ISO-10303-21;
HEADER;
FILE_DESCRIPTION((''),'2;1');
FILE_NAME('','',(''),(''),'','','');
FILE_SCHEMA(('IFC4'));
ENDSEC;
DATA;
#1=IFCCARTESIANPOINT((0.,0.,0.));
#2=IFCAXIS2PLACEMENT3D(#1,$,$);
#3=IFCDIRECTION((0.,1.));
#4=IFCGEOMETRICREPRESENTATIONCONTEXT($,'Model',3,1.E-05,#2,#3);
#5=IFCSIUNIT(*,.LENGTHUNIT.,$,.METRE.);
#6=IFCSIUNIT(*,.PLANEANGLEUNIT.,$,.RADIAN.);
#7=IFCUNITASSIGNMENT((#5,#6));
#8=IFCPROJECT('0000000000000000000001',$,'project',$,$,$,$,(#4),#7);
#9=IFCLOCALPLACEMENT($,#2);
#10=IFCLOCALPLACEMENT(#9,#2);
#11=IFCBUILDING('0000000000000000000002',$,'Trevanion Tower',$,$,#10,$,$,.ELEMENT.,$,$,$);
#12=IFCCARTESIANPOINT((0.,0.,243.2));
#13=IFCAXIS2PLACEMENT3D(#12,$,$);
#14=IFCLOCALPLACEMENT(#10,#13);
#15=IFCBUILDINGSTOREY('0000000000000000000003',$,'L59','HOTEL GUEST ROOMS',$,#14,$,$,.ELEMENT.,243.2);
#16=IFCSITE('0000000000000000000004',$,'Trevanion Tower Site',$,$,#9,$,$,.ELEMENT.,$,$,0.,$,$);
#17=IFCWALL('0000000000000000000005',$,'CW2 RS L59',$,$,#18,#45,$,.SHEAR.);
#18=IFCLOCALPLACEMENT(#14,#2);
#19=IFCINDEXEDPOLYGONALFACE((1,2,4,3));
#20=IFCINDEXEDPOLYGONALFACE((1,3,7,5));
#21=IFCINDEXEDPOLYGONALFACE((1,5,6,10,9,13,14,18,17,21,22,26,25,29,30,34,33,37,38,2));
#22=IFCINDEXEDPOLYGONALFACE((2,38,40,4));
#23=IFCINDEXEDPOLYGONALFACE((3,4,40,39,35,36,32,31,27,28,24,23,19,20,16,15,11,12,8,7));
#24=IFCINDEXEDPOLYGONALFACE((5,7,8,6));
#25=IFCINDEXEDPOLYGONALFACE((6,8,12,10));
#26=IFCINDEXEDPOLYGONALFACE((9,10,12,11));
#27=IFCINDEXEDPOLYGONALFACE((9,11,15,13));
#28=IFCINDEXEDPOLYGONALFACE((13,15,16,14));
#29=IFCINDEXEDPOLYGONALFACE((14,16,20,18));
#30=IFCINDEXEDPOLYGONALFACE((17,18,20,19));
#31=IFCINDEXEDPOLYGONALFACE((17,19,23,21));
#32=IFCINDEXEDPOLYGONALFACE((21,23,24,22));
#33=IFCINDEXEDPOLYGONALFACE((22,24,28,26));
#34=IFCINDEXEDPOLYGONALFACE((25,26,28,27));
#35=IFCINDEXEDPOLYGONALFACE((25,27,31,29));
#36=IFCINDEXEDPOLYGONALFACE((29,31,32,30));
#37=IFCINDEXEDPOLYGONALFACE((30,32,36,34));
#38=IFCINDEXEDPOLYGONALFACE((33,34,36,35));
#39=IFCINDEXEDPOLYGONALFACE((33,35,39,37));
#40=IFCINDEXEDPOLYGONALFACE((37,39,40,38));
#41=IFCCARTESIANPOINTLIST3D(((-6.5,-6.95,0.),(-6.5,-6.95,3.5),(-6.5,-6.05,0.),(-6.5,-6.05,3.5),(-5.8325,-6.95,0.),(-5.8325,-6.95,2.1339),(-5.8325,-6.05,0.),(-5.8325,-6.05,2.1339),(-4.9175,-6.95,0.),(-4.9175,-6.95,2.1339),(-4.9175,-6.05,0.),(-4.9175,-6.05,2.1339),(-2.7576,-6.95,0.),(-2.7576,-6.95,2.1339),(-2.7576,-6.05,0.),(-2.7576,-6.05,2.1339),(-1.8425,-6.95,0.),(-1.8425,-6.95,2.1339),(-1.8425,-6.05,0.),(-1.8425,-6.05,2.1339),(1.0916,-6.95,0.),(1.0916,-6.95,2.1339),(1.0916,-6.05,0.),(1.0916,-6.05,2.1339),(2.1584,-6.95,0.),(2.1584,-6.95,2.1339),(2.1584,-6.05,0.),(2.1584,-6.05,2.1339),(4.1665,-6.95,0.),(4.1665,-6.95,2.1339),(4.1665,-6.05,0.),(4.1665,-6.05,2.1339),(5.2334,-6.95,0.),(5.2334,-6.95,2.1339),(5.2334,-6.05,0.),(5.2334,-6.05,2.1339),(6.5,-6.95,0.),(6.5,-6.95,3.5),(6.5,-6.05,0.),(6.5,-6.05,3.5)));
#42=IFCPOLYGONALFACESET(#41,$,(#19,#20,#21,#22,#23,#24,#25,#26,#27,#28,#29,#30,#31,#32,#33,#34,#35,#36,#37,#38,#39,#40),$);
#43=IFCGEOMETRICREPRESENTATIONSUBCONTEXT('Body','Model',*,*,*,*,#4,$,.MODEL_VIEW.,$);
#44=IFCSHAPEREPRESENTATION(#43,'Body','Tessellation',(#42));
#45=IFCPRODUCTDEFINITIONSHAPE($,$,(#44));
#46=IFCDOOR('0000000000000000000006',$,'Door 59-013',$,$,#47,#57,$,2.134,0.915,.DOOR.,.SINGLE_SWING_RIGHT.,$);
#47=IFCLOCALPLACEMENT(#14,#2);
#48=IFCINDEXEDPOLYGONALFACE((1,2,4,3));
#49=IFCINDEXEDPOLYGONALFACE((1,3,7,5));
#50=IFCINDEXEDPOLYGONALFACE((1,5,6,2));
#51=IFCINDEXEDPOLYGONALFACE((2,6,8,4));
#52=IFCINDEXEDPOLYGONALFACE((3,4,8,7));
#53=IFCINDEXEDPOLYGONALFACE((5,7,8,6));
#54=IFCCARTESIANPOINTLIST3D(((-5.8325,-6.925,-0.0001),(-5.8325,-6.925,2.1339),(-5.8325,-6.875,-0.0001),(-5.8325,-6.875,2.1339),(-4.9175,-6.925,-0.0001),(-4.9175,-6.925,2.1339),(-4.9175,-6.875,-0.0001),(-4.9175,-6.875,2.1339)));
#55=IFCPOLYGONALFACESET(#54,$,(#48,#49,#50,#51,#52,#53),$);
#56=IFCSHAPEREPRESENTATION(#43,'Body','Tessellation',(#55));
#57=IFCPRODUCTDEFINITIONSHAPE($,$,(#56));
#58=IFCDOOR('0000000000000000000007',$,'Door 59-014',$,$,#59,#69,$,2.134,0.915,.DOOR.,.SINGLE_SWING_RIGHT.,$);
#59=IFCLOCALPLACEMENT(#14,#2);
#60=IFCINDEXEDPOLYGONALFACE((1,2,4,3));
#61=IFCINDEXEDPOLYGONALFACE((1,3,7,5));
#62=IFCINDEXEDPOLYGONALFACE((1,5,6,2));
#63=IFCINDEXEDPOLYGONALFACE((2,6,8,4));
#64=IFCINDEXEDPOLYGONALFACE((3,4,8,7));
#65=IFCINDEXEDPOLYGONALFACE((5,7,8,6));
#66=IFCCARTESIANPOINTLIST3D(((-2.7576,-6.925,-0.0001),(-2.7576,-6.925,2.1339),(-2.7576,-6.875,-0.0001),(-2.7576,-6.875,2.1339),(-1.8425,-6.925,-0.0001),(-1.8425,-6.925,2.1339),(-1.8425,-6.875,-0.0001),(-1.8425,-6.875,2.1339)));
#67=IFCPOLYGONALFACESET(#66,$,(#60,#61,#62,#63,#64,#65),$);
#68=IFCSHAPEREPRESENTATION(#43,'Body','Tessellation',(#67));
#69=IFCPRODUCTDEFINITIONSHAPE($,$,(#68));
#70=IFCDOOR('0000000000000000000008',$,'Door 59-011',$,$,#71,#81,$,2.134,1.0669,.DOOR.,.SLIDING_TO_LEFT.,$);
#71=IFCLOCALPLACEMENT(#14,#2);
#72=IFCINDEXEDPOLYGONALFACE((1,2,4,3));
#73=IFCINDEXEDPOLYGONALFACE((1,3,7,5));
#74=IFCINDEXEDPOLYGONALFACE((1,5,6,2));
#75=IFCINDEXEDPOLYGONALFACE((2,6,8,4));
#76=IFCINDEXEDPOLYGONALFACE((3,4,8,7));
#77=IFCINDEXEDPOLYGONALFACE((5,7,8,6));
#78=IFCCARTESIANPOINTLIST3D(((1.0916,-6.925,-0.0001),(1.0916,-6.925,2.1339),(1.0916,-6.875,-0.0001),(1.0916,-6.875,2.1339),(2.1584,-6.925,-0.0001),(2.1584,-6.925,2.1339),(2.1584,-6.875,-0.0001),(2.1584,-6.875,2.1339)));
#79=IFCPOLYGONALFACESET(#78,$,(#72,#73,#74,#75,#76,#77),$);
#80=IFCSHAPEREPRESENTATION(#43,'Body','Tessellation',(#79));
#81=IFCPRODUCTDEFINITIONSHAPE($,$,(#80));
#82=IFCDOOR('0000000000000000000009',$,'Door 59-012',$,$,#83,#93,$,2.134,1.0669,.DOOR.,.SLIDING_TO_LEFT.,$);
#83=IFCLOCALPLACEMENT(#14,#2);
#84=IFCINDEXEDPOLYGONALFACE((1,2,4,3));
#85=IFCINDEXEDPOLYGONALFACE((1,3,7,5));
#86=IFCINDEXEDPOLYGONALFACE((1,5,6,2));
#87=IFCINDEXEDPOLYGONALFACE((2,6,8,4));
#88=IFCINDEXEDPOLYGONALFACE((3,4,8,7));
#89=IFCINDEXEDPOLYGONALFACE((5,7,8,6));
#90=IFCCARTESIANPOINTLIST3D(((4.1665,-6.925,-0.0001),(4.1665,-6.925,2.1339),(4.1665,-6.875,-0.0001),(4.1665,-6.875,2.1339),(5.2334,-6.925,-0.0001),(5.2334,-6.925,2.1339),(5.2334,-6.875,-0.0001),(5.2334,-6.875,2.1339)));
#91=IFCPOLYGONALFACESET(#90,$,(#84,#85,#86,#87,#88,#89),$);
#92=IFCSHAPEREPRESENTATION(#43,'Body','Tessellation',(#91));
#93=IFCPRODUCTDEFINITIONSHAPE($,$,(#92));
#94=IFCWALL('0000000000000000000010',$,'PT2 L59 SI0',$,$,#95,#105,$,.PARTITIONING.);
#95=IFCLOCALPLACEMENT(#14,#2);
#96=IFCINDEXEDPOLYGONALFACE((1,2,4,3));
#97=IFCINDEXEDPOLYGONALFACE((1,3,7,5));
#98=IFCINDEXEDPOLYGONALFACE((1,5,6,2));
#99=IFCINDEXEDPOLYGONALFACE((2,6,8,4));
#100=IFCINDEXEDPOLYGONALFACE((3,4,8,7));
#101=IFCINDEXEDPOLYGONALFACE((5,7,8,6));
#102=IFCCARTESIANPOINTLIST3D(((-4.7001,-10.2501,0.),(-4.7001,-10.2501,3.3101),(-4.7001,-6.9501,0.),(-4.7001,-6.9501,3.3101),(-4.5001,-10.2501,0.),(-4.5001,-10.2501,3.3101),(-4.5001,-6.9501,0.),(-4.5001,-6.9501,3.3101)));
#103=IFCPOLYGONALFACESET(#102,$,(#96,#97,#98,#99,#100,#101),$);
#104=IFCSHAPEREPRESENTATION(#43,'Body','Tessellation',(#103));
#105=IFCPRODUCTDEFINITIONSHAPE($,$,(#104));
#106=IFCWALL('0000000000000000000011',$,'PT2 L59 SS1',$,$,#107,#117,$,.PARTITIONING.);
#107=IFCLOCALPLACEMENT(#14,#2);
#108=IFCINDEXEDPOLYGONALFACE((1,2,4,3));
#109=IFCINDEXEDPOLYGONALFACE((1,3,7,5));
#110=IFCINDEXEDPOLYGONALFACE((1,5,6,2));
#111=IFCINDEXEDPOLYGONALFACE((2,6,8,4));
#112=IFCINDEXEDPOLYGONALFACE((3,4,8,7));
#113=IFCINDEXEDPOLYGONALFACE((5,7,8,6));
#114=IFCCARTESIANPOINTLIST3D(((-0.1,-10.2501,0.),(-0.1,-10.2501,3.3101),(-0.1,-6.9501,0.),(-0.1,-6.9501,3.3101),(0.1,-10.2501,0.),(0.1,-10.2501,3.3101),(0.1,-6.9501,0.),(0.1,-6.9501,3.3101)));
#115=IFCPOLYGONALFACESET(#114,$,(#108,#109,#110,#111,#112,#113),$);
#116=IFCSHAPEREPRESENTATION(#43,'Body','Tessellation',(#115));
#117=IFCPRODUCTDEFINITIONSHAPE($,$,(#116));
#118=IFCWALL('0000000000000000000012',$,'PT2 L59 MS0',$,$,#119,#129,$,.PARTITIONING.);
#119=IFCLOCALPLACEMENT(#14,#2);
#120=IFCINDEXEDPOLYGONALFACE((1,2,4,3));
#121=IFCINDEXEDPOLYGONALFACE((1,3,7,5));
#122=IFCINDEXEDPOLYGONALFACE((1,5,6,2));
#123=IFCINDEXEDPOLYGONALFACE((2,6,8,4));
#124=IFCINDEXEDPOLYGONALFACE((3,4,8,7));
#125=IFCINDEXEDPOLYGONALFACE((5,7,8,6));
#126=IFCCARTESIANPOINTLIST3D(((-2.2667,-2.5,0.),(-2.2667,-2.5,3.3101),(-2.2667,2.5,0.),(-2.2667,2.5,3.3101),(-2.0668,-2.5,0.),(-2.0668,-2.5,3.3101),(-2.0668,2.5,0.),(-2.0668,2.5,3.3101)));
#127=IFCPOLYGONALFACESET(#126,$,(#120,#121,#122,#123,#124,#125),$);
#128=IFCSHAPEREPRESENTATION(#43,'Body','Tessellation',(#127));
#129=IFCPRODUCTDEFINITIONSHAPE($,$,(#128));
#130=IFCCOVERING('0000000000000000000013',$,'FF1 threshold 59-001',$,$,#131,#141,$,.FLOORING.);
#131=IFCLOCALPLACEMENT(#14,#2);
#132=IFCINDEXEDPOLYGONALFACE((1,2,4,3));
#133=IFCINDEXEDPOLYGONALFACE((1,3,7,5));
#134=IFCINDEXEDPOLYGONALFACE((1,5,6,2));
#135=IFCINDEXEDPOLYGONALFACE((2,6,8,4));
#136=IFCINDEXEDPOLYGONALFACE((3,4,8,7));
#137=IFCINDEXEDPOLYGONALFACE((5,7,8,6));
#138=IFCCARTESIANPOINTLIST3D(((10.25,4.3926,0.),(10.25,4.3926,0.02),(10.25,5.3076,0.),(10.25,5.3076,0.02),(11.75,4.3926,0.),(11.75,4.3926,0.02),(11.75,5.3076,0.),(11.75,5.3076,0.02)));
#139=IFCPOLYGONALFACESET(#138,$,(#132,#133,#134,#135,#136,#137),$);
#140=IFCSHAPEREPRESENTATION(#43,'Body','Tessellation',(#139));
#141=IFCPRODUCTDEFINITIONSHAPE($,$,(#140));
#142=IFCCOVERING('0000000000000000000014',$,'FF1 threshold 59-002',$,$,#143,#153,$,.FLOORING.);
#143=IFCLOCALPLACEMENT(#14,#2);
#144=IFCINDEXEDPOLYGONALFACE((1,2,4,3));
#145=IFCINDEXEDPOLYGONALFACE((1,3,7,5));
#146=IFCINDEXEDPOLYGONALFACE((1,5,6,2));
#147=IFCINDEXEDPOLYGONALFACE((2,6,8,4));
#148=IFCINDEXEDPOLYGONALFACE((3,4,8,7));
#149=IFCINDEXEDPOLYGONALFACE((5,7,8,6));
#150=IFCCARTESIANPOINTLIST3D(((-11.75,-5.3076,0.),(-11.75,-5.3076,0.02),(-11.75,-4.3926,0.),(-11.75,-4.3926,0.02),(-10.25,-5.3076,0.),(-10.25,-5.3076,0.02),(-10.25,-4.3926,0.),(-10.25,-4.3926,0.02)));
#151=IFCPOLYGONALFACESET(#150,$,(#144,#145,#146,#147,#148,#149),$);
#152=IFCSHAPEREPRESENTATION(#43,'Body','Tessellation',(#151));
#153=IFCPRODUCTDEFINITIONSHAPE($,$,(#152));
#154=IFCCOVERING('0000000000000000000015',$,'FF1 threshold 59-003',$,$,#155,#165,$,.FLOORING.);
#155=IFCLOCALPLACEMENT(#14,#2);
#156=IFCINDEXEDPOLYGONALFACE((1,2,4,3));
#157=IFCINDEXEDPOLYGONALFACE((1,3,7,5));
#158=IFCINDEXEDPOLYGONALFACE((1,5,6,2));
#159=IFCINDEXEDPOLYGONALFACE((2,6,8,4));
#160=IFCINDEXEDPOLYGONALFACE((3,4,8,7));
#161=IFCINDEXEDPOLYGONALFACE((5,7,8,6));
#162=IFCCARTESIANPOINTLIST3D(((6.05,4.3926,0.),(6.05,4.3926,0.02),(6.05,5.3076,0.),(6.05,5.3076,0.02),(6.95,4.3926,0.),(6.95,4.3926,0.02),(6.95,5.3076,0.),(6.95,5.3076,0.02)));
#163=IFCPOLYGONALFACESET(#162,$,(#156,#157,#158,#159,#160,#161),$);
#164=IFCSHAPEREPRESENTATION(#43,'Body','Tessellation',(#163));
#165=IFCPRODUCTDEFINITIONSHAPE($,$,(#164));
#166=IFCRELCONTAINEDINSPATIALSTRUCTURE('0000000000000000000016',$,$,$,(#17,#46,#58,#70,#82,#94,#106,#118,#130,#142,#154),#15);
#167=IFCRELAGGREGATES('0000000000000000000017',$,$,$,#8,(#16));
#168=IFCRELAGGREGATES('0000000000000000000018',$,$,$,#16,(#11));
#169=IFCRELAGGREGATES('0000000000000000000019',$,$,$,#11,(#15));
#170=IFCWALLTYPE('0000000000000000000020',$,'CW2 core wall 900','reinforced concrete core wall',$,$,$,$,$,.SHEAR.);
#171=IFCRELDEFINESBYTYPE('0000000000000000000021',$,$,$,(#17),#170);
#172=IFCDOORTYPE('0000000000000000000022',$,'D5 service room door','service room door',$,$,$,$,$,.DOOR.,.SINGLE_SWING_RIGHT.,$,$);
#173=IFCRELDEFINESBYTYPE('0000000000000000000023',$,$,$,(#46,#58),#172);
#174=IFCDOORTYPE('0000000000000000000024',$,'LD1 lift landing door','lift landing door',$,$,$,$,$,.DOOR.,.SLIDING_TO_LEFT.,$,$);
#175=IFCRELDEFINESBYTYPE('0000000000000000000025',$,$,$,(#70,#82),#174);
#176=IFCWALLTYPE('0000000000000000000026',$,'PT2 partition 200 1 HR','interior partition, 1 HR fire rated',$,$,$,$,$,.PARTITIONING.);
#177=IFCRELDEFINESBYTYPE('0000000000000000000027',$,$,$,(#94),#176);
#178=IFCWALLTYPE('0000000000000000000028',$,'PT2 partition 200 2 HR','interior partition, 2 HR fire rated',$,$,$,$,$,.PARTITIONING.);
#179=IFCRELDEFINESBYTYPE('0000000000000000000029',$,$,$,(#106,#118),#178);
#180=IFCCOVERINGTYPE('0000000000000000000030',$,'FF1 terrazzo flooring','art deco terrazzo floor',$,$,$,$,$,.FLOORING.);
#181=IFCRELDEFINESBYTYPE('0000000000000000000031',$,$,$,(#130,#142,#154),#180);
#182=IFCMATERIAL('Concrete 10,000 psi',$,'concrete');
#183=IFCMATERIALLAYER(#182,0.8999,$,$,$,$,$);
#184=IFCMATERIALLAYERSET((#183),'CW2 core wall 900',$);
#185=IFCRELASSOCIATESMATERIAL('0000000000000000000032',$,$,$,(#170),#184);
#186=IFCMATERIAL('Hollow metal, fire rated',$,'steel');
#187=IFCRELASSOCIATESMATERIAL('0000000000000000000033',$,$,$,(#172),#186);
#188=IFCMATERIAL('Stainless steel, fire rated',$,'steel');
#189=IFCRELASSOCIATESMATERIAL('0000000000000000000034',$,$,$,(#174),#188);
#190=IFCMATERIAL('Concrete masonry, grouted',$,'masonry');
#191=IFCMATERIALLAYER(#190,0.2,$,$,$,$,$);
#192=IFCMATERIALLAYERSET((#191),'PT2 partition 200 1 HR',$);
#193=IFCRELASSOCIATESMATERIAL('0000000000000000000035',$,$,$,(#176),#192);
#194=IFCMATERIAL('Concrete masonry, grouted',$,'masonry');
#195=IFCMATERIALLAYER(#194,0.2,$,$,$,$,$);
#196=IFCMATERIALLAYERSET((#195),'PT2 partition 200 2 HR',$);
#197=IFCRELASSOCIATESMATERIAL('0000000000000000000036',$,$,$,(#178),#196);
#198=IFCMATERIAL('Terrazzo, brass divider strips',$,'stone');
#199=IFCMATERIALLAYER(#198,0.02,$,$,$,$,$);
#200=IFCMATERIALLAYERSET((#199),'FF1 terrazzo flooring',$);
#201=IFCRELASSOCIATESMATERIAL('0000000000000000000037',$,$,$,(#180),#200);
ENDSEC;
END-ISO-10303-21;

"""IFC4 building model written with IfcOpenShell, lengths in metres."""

from ifc_helpers import new_model, si_unit, direction, frame, frame_2d, origin, place, context, subcontext, project, spatial, polyline, rectangle, outline, extrude, material, layer, layer_set, type_object, element, fill, save


model = new_model("IFC4")

# Units and contexts
model_context = context("Model", 3, precision=1e-05, world=origin(), true_north=direction((0.0, 1.0)))
body_context = subcontext(model_context, "Body", "Model", "MODEL_VIEW")
ifc_project = project(units=[si_unit("LENGTHUNIT", "METRE"), si_unit("PLANEANGLEUNIT", "RADIAN")], contexts=[model_context])

# Site, building, storey
site_placement = place(None, origin())
site = spatial("IfcSite", under=ifc_project, at=site_placement, Name="Trevanion Tower Site", CompositionType="ELEMENT", RefElevation=0.0)
building_placement = place(site_placement, origin())
building = spatial("IfcBuilding", under=site, at=building_placement, Name="Trevanion Tower", CompositionType="ELEMENT")
storey_placement = place(building_placement, frame((0.0, 0.0, 243.2)))
storey = spatial("IfcBuildingStorey", under=building, at=storey_placement, Name="L59", Description="HOTEL GUEST ROOMS", CompositionType="ELEMENT", Elevation=243.2)

# Wall, openings, doors
ifc_material_1 = material(Name="Concrete 10,000 psi", Category="concrete")
ifc_layer_1 = layer(ifc_material_1, 0.8999)
ifc_layer_set_1 = layer_set([ifc_layer_1], Name="CW2 core wall 900")
wall_type_1 = type_object("IfcWallType", Name="CW2 core wall 900", Description="reinforced concrete core wall", PredefinedType="SHEAR", material=ifc_layer_set_1)
wall_1_placement = place(storey_placement, frame((-6.5, -6.5, 0.0), z_axis=(0.0, 0.0, 1.0), x_axis=(1.0, 0.0, 0.0)))
wall_1 = element("IfcWall", 1, at=wall_1_placement, inside=storey, type_object=wall_type_1, Name="CW2 RS L59", PredefinedType="SHEAR", context=body_context, shape_type="SweptSolid", body=[
    extrude(rectangle(XDim=13.0, YDim=0.8999, at=frame_2d((6.5, 0.0))), origin(), (0.0, 0.0, 1.0), 3.5),
])
opening_1_placement = place(wall_1_placement, frame((7.5916, 0.0, 0.0)))
opening_1 = element("IfcOpeningElement", 2, at=opening_1_placement, cuts=wall_1, PredefinedType="OPENING", context=body_context, shape_type="SweptSolid", body=[
    extrude(rectangle(XDim=1.0669, YDim=2.134, at=frame_2d((0.5334, 1.0669))), frame((0.0, 0.46, 0.0), z_axis=(0.0, -1.0, 0.0), x_axis=(1.0, 0.0, 0.0)), (0.0, 0.0, 1.0), 0.9199),
])
opening_2_placement = place(wall_1_placement, frame((10.6665, 0.0, 0.0)))
opening_2 = element("IfcOpeningElement", 3, at=opening_2_placement, cuts=wall_1, PredefinedType="OPENING", context=body_context, shape_type="SweptSolid", body=[
    extrude(rectangle(XDim=1.0669, YDim=2.134, at=frame_2d((0.5334, 1.0669))), frame((0.0, 0.46, 0.0), z_axis=(0.0, -1.0, 0.0), x_axis=(1.0, 0.0, 0.0)), (0.0, 0.0, 1.0), 0.9199),
])
opening_3_placement = place(wall_1_placement, frame((0.6675, 0.0, 0.0)))
opening_3 = element("IfcOpeningElement", 4, at=opening_3_placement, cuts=wall_1, PredefinedType="OPENING", context=body_context, shape_type="SweptSolid", body=[
    extrude(rectangle(XDim=0.915, YDim=2.134, at=frame_2d((0.4575, 1.0669))), frame((0.0, 0.46, 0.0), z_axis=(0.0, -1.0, 0.0), x_axis=(1.0, 0.0, 0.0)), (0.0, 0.0, 1.0), 0.9199),
])
opening_4_placement = place(wall_1_placement, frame((3.7424, 0.0, 0.0)))
opening_4 = element("IfcOpeningElement", 5, at=opening_4_placement, cuts=wall_1, PredefinedType="OPENING", context=body_context, shape_type="SweptSolid", body=[
    extrude(rectangle(XDim=0.915, YDim=2.134, at=frame_2d((0.4575, 1.0669))), frame((0.0, 0.46, 0.0), z_axis=(0.0, -1.0, 0.0), x_axis=(1.0, 0.0, 0.0)), (0.0, 0.0, 1.0), 0.9199),
])
ifc_material_2 = material(Name="Hollow metal, fire rated", Category="steel")
door_type_1 = type_object("IfcDoorType", Name="D5 service room door", Description="service room door", OperationType="SINGLE_SWING_RIGHT", PredefinedType="DOOR", material=ifc_material_2)
door_1_placement = place(opening_3_placement, origin())
door_1 = element("IfcDoor", 6, at=door_1_placement, inside=storey, type_object=door_type_1, Name="Door 59-013", OperationType="SINGLE_SWING_RIGHT", OverallHeight=2.134, OverallWidth=0.915, PredefinedType="DOOR", context=body_context, shape_type="SweptSolid", body=[
    extrude(rectangle(XDim=0.915, YDim=2.134, at=frame_2d((0.4575, 1.0669))), frame((0.0, -0.375, 0.0), z_axis=(0.0, -1.0, 0.0), x_axis=(1.0, 0.0, 0.0)), (0.0, 0.0, 1.0), 0.05),
])
fill(opening_3, door_1)
door_2_placement = place(opening_4_placement, origin())
door_2 = element("IfcDoor", 7, at=door_2_placement, inside=storey, type_object=door_type_1, Name="Door 59-014", OperationType="SINGLE_SWING_RIGHT", OverallHeight=2.134, OverallWidth=0.915, PredefinedType="DOOR", context=body_context, shape_type="SweptSolid", body=[
    extrude(rectangle(XDim=0.915, YDim=2.134, at=frame_2d((0.4575, 1.0669))), frame((0.0, -0.375, 0.0), z_axis=(0.0, -1.0, 0.0), x_axis=(1.0, 0.0, 0.0)), (0.0, 0.0, 1.0), 0.05),
])
fill(opening_4, door_2)
ifc_material_3 = material(Name="Stainless steel, fire rated", Category="steel")
door_type_2 = type_object("IfcDoorType", Name="LD1 lift landing door", Description="lift landing door", OperationType="SLIDING_TO_LEFT", PredefinedType="DOOR", material=ifc_material_3)
door_3_placement = place(opening_1_placement, origin())
door_3 = element("IfcDoor", 8, at=door_3_placement, inside=storey, type_object=door_type_2, Name="Door 59-011", OperationType="SLIDING_TO_LEFT", OverallHeight=2.134, OverallWidth=1.0669, PredefinedType="DOOR", context=body_context, shape_type="SweptSolid", body=[
    extrude(rectangle(XDim=1.0669, YDim=2.134, at=frame_2d((0.5334, 1.0669))), frame((0.0, -0.375, 0.0), z_axis=(0.0, -1.0, 0.0), x_axis=(1.0, 0.0, 0.0)), (0.0, 0.0, 1.0), 0.05),
])
fill(opening_1, door_3)
door_4_placement = place(opening_2_placement, origin())
door_4 = element("IfcDoor", 9, at=door_4_placement, inside=storey, type_object=door_type_2, Name="Door 59-012", OperationType="SLIDING_TO_LEFT", OverallHeight=2.134, OverallWidth=1.0669, PredefinedType="DOOR", context=body_context, shape_type="SweptSolid", body=[
    extrude(rectangle(XDim=1.0669, YDim=2.134, at=frame_2d((0.5334, 1.0669))), frame((0.0, -0.375, 0.0), z_axis=(0.0, -1.0, 0.0), x_axis=(1.0, 0.0, 0.0)), (0.0, 0.0, 1.0), 0.05),
])
fill(opening_2, door_4)

# Walls
ifc_material_4 = material(Name="Concrete masonry, grouted", Category="masonry")
ifc_layer_2 = layer(ifc_material_4, 0.2)
ifc_layer_set_2 = layer_set([ifc_layer_2], Name="PT2 partition 200 1 HR")
wall_type_2 = type_object("IfcWallType", Name="PT2 partition 200 1 HR", Description="interior partition, 1 HR fire rated", PredefinedType="PARTITIONING", material=ifc_layer_set_2)
wall_2_placement = place(storey_placement, frame((-4.6001, -10.25, 0.0), z_axis=(0.0, 0.0, 1.0), x_axis=(0.0, 1.0, 0.0)))
element("IfcWall", 10, at=wall_2_placement, inside=storey, type_object=wall_type_2, Name="PT2 L59 SI0", PredefinedType="PARTITIONING", context=body_context, shape_type="SweptSolid", body=[
    extrude(rectangle(XDim=3.3, YDim=0.2, at=frame_2d((1.6499, 0.0))), origin(), (0.0, 0.0, 1.0), 3.3101),
])
ifc_material_5 = material(Name="Concrete masonry, grouted", Category="masonry")
ifc_layer_3 = layer(ifc_material_5, 0.2)
ifc_layer_set_3 = layer_set([ifc_layer_3], Name="PT2 partition 200 2 HR")
wall_type_3 = type_object("IfcWallType", Name="PT2 partition 200 2 HR", Description="interior partition, 2 HR fire rated", PredefinedType="PARTITIONING", material=ifc_layer_set_3)
wall_3_placement = place(storey_placement, frame((0.0, -10.25, 0.0), z_axis=(0.0, 0.0, 1.0), x_axis=(0.0, 1.0, 0.0)))
element("IfcWall", 11, at=wall_3_placement, inside=storey, type_object=wall_type_3, Name="PT2 L59 SS1", PredefinedType="PARTITIONING", context=body_context, shape_type="SweptSolid", body=[
    extrude(rectangle(XDim=3.3, YDim=0.2, at=frame_2d((1.6499, 0.0))), origin(), (0.0, 0.0, 1.0), 3.3101),
])
wall_4_placement = place(storey_placement, frame((-2.1667, -2.5, 0.0), z_axis=(0.0, 0.0, 1.0), x_axis=(0.0, 1.0, 0.0)))
element("IfcWall", 12, at=wall_4_placement, inside=storey, type_object=wall_type_3, Name="PT2 L59 MS0", PredefinedType="PARTITIONING", context=body_context, shape_type="SweptSolid", body=[
    extrude(rectangle(XDim=5.0, YDim=0.2, at=frame_2d((2.5, 0.0))), origin(), (0.0, 0.0, 1.0), 3.3101),
])

# Coverings
ifc_material_6 = material(Name="Terrazzo, brass divider strips", Category="stone")
ifc_layer_4 = layer(ifc_material_6, 0.02)
ifc_layer_set_4 = layer_set([ifc_layer_4], Name="FF1 terrazzo flooring")
covering_type = type_object("IfcCoveringType", Name="FF1 terrazzo flooring", Description="art deco terrazzo floor", PredefinedType="FLOORING", material=ifc_layer_set_4)
covering_1_placement = place(storey_placement, origin())
element("IfcCovering", 13, at=covering_1_placement, inside=storey, type_object=covering_type, Name="FF1 threshold 59-001", PredefinedType="FLOORING", context=body_context, shape_type="SweptSolid", body=[
    extrude(outline(polyline([(11.75, 4.3926), (11.75, 5.3076), (10.25, 5.3076), (10.25, 4.3926), (11.75, 4.3926)])), origin(), (0.0, 0.0, 1.0), 0.02),
])
covering_2_placement = place(storey_placement, origin())
element("IfcCovering", 14, at=covering_2_placement, inside=storey, type_object=covering_type, Name="FF1 threshold 59-002", PredefinedType="FLOORING", context=body_context, shape_type="SweptSolid", body=[
    extrude(outline(polyline([(-11.75, -4.3926), (-11.75, -5.3076), (-10.25, -5.3076), (-10.25, -4.3926), (-11.75, -4.3926)])), origin(), (0.0, 0.0, 1.0), 0.02),
])
covering_3_placement = place(storey_placement, origin())
element("IfcCovering", 15, at=covering_3_placement, inside=storey, type_object=covering_type, Name="FF1 threshold 59-003", PredefinedType="FLOORING", context=body_context, shape_type="SweptSolid", body=[
    extrude(outline(polyline([(6.95, 4.3926), (6.95, 5.3076), (6.05, 5.3076), (6.05, 4.3926), (6.95, 4.3926)])), origin(), (0.0, 0.0, 1.0), 0.02),
])

save(model, "model.ifc")
